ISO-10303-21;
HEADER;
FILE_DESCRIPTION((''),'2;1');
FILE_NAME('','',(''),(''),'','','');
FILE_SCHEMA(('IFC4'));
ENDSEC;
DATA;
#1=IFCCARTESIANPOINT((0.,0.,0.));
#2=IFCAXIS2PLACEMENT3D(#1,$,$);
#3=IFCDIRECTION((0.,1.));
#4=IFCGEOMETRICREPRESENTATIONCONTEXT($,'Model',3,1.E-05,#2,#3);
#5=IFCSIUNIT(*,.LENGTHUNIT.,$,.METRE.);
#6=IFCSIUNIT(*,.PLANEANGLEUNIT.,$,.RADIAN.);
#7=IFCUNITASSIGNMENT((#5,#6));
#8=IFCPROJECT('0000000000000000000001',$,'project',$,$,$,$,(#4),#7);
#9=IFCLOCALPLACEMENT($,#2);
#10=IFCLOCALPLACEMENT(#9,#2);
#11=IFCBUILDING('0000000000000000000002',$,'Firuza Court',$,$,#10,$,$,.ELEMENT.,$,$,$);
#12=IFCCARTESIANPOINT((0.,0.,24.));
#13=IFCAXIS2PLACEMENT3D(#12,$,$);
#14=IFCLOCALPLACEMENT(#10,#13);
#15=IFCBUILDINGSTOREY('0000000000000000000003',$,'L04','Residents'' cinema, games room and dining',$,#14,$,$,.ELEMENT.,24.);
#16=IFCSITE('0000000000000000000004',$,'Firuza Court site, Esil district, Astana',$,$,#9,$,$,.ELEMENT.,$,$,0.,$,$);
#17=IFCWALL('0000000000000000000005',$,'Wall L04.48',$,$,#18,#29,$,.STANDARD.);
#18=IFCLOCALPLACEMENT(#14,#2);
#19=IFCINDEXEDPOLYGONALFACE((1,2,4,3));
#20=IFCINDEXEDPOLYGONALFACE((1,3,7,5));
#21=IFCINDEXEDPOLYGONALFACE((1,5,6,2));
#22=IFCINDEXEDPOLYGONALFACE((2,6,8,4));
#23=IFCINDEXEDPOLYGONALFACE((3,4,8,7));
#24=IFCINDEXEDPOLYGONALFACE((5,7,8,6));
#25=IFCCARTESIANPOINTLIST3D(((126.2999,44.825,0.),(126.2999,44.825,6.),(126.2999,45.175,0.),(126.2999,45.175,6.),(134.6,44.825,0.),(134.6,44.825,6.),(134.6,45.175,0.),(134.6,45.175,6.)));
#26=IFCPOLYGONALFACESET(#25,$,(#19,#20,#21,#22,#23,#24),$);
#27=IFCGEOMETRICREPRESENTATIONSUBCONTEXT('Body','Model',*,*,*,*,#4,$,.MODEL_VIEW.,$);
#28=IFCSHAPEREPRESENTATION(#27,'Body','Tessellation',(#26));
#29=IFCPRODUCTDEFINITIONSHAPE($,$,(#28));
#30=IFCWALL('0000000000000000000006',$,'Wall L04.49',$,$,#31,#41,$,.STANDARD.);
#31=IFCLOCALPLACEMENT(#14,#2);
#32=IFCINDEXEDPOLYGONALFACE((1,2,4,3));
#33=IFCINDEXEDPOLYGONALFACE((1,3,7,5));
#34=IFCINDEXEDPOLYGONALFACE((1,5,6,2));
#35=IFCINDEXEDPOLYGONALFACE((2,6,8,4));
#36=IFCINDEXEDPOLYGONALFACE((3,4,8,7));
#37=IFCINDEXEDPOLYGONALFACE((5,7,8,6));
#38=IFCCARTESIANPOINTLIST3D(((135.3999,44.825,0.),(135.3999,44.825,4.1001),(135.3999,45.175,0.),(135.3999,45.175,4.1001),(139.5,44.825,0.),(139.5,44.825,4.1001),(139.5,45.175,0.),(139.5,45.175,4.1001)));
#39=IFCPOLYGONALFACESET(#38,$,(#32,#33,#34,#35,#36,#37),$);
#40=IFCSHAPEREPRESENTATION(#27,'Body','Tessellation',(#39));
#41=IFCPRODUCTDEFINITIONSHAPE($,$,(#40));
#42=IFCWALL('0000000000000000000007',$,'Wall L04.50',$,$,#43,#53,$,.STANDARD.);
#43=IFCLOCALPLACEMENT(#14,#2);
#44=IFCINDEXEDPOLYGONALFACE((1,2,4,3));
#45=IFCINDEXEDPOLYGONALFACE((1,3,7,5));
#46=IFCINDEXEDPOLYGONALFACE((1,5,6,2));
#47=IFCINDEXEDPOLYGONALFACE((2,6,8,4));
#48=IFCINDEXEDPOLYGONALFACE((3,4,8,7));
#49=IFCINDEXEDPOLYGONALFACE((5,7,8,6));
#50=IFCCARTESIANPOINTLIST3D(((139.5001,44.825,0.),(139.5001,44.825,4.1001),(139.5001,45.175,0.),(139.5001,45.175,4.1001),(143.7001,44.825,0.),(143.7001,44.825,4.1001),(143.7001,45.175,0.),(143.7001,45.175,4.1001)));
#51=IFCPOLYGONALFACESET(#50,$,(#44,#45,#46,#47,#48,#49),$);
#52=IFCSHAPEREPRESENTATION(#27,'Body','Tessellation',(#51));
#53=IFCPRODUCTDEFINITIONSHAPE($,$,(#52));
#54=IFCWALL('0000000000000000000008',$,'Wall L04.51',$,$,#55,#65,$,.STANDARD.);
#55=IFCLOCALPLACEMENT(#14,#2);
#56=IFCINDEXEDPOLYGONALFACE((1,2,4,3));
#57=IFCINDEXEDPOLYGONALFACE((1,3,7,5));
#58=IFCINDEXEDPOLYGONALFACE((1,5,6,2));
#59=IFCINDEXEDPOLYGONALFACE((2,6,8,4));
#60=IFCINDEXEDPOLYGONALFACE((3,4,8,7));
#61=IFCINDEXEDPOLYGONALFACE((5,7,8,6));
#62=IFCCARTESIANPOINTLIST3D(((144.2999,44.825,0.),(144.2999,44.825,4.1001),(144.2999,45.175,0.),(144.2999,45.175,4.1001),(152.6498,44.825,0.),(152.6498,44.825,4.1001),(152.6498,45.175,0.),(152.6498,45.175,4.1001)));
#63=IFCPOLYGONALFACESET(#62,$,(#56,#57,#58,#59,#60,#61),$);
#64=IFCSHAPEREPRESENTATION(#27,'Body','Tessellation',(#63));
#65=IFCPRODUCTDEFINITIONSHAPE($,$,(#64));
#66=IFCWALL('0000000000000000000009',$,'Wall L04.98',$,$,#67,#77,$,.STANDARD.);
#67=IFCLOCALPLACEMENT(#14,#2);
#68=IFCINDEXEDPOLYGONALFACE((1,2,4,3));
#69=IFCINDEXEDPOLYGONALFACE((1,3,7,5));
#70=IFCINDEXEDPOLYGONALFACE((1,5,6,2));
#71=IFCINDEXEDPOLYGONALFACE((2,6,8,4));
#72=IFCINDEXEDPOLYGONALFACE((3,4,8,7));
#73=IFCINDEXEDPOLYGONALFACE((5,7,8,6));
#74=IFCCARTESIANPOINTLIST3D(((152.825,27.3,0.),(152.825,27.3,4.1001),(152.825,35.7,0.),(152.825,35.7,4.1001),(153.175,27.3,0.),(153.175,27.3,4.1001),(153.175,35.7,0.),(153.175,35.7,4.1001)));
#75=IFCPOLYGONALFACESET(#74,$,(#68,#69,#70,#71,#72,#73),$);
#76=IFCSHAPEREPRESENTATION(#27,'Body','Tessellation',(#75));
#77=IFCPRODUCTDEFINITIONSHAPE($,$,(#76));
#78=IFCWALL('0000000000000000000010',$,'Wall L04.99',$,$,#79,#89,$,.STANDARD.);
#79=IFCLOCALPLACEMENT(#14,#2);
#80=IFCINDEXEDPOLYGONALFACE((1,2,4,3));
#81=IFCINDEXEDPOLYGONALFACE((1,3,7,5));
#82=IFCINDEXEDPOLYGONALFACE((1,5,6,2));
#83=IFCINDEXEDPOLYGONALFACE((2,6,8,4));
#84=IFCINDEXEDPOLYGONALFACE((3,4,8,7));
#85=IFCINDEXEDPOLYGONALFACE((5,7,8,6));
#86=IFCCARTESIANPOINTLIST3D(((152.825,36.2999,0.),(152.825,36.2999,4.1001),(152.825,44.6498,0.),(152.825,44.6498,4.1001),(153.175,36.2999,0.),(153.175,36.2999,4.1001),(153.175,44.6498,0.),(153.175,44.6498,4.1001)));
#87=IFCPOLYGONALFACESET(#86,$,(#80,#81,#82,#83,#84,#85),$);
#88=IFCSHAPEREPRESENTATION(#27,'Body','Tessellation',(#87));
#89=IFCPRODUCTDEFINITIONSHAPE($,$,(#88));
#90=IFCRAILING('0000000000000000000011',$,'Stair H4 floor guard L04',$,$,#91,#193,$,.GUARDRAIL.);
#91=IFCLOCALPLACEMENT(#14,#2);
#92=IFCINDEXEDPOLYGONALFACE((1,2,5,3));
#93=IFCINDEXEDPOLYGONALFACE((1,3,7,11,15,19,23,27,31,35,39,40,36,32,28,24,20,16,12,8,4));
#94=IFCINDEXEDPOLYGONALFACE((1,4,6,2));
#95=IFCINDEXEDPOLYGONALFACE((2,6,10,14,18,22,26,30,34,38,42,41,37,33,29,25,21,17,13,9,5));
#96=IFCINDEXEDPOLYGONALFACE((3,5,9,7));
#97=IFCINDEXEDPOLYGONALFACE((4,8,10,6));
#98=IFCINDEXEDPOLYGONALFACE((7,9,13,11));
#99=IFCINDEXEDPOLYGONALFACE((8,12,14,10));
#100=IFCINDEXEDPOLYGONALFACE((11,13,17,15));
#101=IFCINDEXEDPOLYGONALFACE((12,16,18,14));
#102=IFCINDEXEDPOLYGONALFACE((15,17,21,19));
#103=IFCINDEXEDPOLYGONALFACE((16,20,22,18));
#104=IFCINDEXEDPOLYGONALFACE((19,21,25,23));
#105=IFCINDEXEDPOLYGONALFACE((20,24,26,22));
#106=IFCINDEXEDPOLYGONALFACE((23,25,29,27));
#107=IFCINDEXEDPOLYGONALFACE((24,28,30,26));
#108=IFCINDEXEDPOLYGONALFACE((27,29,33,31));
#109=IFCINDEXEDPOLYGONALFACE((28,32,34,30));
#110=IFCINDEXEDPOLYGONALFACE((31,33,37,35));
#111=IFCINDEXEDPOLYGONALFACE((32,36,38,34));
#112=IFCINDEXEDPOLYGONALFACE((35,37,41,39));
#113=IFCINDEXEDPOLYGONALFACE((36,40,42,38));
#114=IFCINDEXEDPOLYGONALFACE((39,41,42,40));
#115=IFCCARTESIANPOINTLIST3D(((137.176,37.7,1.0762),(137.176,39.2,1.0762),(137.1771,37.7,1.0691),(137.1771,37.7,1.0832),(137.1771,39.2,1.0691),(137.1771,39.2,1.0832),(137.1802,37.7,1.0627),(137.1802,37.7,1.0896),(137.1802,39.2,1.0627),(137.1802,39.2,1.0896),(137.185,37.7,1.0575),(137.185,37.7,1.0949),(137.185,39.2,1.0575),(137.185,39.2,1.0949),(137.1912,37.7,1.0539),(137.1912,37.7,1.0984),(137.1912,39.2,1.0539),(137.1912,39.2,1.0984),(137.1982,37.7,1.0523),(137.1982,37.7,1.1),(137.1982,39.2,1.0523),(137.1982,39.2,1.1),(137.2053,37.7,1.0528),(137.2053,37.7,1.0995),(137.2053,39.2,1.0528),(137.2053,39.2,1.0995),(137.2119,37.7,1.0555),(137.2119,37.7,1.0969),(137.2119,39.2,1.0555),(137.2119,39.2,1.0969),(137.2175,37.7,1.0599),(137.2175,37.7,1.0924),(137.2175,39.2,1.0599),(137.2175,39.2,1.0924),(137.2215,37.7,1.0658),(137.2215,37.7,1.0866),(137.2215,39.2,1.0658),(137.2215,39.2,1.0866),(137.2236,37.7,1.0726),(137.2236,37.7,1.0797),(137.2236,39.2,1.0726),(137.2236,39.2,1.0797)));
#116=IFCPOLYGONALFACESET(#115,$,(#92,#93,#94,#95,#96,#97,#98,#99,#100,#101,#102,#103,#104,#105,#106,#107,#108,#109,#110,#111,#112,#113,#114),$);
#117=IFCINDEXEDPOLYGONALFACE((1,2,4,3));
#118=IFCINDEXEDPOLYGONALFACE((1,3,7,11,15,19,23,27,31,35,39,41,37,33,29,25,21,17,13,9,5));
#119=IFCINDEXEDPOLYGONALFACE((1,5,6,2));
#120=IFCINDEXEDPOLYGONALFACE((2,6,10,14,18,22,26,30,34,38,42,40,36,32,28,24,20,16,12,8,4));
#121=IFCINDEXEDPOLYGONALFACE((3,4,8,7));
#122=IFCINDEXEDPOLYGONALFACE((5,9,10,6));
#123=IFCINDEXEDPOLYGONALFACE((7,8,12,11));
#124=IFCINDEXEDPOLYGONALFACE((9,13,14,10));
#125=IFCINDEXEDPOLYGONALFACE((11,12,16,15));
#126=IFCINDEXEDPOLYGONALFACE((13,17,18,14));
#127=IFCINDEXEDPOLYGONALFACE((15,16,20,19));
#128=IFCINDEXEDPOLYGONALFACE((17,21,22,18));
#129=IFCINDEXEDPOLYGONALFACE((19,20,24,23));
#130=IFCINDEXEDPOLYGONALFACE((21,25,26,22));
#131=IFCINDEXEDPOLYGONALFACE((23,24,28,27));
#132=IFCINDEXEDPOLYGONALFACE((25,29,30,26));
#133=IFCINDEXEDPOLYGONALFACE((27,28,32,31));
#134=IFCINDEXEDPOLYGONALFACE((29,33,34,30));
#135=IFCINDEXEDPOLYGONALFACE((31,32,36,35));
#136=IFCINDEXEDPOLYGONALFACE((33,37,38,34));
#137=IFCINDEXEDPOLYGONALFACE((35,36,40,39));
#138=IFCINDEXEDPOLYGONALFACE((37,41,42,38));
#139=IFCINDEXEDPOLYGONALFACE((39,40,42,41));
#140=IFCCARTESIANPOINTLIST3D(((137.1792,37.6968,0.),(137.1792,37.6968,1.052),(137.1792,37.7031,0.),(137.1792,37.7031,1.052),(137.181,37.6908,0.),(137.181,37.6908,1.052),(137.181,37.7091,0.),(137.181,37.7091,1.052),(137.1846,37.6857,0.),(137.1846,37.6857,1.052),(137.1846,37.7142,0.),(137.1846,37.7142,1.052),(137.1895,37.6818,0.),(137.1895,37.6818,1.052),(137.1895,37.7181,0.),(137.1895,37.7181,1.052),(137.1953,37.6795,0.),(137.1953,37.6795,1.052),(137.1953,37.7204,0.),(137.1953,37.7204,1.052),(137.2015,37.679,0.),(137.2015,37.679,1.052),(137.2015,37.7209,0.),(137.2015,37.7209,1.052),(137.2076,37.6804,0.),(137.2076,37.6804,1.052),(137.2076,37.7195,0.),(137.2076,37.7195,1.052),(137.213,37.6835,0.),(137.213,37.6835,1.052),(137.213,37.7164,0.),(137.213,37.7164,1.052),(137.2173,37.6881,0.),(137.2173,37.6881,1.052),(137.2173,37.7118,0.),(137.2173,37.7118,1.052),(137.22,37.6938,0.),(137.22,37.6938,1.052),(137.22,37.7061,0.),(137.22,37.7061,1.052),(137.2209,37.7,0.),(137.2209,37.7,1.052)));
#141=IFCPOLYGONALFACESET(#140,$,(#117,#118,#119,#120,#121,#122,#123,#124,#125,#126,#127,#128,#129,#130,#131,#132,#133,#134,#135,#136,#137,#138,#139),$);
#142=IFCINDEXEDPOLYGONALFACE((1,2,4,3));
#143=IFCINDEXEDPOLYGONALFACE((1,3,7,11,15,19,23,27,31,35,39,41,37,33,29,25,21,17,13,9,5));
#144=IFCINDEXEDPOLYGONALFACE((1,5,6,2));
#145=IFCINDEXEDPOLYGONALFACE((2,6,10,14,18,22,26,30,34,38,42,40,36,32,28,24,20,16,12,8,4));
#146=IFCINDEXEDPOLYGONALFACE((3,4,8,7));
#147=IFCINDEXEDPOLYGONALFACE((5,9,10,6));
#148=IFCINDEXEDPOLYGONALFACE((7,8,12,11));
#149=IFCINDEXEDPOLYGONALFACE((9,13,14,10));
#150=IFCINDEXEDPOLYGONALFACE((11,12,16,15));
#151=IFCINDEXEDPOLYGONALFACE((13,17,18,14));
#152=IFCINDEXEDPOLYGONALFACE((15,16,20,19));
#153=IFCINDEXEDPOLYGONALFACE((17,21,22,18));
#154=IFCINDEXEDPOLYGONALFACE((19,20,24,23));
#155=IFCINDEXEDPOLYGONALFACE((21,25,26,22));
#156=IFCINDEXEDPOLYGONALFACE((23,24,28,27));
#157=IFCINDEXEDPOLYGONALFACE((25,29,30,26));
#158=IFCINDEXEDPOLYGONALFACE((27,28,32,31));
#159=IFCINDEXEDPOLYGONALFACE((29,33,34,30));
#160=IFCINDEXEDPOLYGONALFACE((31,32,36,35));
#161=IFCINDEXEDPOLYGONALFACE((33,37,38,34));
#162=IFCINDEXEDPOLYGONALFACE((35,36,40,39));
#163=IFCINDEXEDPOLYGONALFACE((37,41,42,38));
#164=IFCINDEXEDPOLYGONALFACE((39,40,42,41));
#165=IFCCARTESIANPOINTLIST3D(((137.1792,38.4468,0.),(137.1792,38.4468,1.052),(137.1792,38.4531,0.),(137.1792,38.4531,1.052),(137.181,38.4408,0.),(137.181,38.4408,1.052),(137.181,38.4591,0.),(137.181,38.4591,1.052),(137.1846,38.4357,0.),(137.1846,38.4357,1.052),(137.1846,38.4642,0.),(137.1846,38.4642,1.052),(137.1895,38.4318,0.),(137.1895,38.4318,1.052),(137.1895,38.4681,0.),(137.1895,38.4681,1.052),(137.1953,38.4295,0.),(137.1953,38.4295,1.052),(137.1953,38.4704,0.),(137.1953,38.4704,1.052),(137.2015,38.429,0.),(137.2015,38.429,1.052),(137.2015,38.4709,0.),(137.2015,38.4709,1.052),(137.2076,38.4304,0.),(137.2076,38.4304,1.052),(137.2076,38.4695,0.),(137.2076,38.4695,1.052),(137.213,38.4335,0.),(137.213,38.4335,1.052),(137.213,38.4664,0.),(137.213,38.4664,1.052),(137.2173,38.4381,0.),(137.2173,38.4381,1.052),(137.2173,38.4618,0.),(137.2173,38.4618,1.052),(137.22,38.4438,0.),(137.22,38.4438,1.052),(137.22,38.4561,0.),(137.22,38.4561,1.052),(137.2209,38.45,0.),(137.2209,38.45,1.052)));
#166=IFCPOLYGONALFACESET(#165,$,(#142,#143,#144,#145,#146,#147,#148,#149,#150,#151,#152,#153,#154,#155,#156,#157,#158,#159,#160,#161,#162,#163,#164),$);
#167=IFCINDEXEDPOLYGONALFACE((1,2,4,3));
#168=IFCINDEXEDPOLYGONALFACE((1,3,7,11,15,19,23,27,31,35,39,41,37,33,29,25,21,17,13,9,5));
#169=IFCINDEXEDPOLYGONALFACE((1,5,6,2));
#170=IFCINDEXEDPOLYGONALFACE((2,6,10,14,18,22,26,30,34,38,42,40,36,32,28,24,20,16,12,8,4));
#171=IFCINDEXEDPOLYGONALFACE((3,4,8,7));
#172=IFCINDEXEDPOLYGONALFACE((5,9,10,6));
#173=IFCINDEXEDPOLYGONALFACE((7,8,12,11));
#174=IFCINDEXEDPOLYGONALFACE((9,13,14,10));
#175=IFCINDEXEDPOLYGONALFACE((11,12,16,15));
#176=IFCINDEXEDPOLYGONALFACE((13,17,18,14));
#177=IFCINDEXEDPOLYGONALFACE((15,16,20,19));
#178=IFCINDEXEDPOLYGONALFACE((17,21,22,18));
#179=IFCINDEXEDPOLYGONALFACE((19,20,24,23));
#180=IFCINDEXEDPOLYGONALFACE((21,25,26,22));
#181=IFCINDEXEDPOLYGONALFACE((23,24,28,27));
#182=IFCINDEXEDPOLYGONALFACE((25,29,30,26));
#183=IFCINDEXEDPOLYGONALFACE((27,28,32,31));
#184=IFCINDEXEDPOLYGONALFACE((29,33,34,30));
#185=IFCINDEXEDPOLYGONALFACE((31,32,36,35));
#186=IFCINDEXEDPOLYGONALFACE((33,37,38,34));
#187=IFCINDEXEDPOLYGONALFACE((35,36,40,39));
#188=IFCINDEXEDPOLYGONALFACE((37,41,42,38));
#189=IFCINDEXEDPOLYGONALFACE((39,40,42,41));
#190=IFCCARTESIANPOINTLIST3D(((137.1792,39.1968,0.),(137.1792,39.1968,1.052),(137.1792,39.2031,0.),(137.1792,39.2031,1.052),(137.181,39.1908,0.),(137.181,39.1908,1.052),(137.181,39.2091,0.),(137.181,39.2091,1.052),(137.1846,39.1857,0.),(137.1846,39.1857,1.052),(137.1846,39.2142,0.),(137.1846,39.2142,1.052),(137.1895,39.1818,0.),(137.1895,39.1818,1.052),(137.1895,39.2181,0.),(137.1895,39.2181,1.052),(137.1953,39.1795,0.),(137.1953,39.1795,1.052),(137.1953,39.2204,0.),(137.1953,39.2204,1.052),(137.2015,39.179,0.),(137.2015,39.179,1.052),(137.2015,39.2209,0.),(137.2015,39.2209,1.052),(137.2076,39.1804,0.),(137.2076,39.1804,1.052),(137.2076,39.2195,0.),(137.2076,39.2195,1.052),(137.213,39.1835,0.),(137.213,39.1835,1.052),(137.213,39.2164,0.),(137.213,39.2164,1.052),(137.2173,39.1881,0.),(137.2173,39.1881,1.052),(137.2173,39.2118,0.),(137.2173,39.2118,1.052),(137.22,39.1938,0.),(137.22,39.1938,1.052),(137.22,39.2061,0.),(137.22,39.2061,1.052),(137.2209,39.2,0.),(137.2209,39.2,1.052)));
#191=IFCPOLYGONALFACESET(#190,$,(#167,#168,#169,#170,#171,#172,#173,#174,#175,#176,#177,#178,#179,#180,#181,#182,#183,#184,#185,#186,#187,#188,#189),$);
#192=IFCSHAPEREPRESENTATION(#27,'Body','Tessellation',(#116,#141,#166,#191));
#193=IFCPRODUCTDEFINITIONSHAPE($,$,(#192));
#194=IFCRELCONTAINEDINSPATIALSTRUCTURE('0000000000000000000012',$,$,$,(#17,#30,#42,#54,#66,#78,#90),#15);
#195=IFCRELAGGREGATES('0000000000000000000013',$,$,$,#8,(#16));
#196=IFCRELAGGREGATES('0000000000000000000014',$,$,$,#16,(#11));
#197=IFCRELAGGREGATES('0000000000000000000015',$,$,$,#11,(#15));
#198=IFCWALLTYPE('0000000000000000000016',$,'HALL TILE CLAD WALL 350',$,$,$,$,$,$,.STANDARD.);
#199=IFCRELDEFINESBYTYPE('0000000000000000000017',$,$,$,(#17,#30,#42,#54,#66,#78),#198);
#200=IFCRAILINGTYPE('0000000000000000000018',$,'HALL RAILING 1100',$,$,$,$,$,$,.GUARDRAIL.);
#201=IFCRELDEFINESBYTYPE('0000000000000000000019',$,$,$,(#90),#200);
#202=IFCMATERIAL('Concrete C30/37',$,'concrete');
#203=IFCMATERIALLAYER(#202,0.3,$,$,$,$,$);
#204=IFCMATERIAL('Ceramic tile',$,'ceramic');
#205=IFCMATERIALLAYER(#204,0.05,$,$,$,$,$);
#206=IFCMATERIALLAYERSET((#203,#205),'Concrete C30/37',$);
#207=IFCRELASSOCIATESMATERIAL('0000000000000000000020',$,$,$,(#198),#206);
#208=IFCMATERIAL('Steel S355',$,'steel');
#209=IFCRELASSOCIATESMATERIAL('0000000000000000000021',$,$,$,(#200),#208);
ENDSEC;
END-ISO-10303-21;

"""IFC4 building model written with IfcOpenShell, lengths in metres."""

from ifc_helpers import new_model, si_unit, direction, frame, frame_2d, origin, origin_2d, place, context, subcontext, project, spatial, rectangle, circle, extrude, material, layer, layer_set, type_object, element, save


model = new_model("IFC4")

# Units and contexts
model_context = context("Model", 3, precision=1e-05, world=origin(), true_north=direction((0.0, 1.0)))
body_context = subcontext(model_context, "Body", "Model", "MODEL_VIEW")
ifc_project = project(units=[si_unit("LENGTHUNIT", "METRE"), si_unit("PLANEANGLEUNIT", "RADIAN")], contexts=[model_context])

# Site, building, storey
site_placement = place(None, origin())
site = spatial("IfcSite", under=ifc_project, at=site_placement, Name="Firuza Court site, Esil district, Astana", CompositionType="ELEMENT", RefElevation=0.0)
building_placement = place(site_placement, origin())
building = spatial("IfcBuilding", under=site, at=building_placement, Name="Firuza Court", CompositionType="ELEMENT")
storey_placement = place(building_placement, frame((0.0, 0.0, 24.0)))
storey = spatial("IfcBuildingStorey", under=building, at=storey_placement, Name="L04", Description="Residents' cinema, games room and dining", CompositionType="ELEMENT", Elevation=24.0)

# Walls
ifc_material_1 = material(Name="Concrete C30/37", Category="concrete")
ifc_layer_1 = layer(ifc_material_1, 0.3)
ifc_material_2 = material(Name="Ceramic tile", Category="ceramic")
ifc_layer_2 = layer(ifc_material_2, 0.05)
ifc_layer_set_1 = layer_set([ifc_layer_1, ifc_layer_2], Name="Concrete C30/37")
wall_type_1 = type_object("IfcWallType", Name="HALL TILE CLAD WALL 350", PredefinedType="STANDARD", material=ifc_layer_set_1)
wall_1_placement = place(storey_placement, frame((126.3, 45.0, 0.0), z_axis=(0.0, 0.0, 1.0), x_axis=(1.0, 0.0, 0.0)))
element("IfcWall", 1, at=wall_1_placement, inside=storey, type_object=wall_type_1, Name="Wall L04.48", PredefinedType="STANDARD", context=body_context, shape_type="SweptSolid", body=[
    extrude(rectangle(XDim=8.3, YDim=0.3501, at=frame_2d((4.1499, 0.0))), origin(), (0.0, 0.0, 1.0), 6.0),
])
wall_2_placement = place(storey_placement, frame((135.3999, 45.0, 0.0), z_axis=(0.0, 0.0, 1.0), x_axis=(1.0, 0.0, 0.0)))
element("IfcWall", 2, at=wall_2_placement, inside=storey, type_object=wall_type_1, Name="Wall L04.49", PredefinedType="STANDARD", context=body_context, shape_type="SweptSolid", body=[
    extrude(rectangle(XDim=4.1001, YDim=0.3501, at=frame_2d((2.05, 0.0))), origin(), (0.0, 0.0, 1.0), 4.1001),
])
wall_3_placement = place(storey_placement, frame((139.5, 45.0, 0.0), z_axis=(0.0, 0.0, 1.0), x_axis=(1.0, 0.0, 0.0)))
element("IfcWall", 3, at=wall_3_placement, inside=storey, type_object=wall_type_1, Name="Wall L04.50", PredefinedType="STANDARD", context=body_context, shape_type="SweptSolid", body=[
    extrude(rectangle(XDim=4.2, YDim=0.3501, at=frame_2d((2.1001, 0.0))), origin(), (0.0, 0.0, 1.0), 4.1001),
])
wall_4_placement = place(storey_placement, frame((144.3, 45.0, 0.0), z_axis=(0.0, 0.0, 1.0), x_axis=(1.0, 0.0, 0.0)))
element("IfcWall", 4, at=wall_4_placement, inside=storey, type_object=wall_type_1, Name="Wall L04.51", PredefinedType="STANDARD", context=body_context, shape_type="SweptSolid", body=[
    extrude(rectangle(XDim=8.3499, YDim=0.3501, at=frame_2d((4.1748, 0.0))), origin(), (0.0, 0.0, 1.0), 4.1001),
])
wall_5_placement = place(storey_placement, frame((153.0, 27.3, 0.0), z_axis=(0.0, 0.0, 1.0), x_axis=(0.0, 1.0, 0.0)))
element("IfcWall", 5, at=wall_5_placement, inside=storey, type_object=wall_type_1, Name="Wall L04.98", PredefinedType="STANDARD", context=body_context, shape_type="SweptSolid", body=[
    extrude(rectangle(XDim=8.3999, YDim=0.3501, at=frame_2d((4.2, 0.0))), origin(), (0.0, 0.0, 1.0), 4.1001),
])
wall_6_placement = place(storey_placement, frame((153.0, 36.3, 0.0), z_axis=(0.0, 0.0, 1.0), x_axis=(0.0, 1.0, 0.0)))
element("IfcWall", 6, at=wall_6_placement, inside=storey, type_object=wall_type_1, Name="Wall L04.99", PredefinedType="STANDARD", context=body_context, shape_type="SweptSolid", body=[
    extrude(rectangle(XDim=8.3499, YDim=0.3501, at=frame_2d((4.1748, 0.0))), origin(), (0.0, 0.0, 1.0), 4.1001),
])

# Railing
ifc_material_3 = material(Name="Steel S355", Category="steel")
railing_type = type_object("IfcRailingType", Name="HALL RAILING 1100", PredefinedType="GUARDRAIL", material=ifc_material_3)
railing_1_placement = place(storey_placement, frame((137.2, 37.7, 0.0)))
element("IfcRailing", 7, at=railing_1_placement, inside=storey, type_object=railing_type, Name="Stair H4 floor guard L04", PredefinedType="GUARDRAIL", context=body_context, shape_type="SweptSolid", body=[
    extrude(circle(Radius=0.0239, at=origin_2d()), frame((0.0, 0.0, 1.0762), z_axis=(0.0, 1.0, 0.0), x_axis=(-1.0, 0.0, 0.0)), (0.0, 0.0, 1.0), 1.5),
    extrude(circle(Radius=0.021, at=origin_2d()), origin(), (0.0, 0.0, 1.0), 1.052),
    extrude(circle(Radius=0.021, at=origin_2d()), frame((0.0, 0.75, 0.0)), (0.0, 0.0, 1.0), 1.052),
    extrude(circle(Radius=0.021, at=origin_2d()), frame((0.0, 1.5, 0.0)), (0.0, 0.0, 1.0), 1.052),
])

save(model, "model.ifc")
